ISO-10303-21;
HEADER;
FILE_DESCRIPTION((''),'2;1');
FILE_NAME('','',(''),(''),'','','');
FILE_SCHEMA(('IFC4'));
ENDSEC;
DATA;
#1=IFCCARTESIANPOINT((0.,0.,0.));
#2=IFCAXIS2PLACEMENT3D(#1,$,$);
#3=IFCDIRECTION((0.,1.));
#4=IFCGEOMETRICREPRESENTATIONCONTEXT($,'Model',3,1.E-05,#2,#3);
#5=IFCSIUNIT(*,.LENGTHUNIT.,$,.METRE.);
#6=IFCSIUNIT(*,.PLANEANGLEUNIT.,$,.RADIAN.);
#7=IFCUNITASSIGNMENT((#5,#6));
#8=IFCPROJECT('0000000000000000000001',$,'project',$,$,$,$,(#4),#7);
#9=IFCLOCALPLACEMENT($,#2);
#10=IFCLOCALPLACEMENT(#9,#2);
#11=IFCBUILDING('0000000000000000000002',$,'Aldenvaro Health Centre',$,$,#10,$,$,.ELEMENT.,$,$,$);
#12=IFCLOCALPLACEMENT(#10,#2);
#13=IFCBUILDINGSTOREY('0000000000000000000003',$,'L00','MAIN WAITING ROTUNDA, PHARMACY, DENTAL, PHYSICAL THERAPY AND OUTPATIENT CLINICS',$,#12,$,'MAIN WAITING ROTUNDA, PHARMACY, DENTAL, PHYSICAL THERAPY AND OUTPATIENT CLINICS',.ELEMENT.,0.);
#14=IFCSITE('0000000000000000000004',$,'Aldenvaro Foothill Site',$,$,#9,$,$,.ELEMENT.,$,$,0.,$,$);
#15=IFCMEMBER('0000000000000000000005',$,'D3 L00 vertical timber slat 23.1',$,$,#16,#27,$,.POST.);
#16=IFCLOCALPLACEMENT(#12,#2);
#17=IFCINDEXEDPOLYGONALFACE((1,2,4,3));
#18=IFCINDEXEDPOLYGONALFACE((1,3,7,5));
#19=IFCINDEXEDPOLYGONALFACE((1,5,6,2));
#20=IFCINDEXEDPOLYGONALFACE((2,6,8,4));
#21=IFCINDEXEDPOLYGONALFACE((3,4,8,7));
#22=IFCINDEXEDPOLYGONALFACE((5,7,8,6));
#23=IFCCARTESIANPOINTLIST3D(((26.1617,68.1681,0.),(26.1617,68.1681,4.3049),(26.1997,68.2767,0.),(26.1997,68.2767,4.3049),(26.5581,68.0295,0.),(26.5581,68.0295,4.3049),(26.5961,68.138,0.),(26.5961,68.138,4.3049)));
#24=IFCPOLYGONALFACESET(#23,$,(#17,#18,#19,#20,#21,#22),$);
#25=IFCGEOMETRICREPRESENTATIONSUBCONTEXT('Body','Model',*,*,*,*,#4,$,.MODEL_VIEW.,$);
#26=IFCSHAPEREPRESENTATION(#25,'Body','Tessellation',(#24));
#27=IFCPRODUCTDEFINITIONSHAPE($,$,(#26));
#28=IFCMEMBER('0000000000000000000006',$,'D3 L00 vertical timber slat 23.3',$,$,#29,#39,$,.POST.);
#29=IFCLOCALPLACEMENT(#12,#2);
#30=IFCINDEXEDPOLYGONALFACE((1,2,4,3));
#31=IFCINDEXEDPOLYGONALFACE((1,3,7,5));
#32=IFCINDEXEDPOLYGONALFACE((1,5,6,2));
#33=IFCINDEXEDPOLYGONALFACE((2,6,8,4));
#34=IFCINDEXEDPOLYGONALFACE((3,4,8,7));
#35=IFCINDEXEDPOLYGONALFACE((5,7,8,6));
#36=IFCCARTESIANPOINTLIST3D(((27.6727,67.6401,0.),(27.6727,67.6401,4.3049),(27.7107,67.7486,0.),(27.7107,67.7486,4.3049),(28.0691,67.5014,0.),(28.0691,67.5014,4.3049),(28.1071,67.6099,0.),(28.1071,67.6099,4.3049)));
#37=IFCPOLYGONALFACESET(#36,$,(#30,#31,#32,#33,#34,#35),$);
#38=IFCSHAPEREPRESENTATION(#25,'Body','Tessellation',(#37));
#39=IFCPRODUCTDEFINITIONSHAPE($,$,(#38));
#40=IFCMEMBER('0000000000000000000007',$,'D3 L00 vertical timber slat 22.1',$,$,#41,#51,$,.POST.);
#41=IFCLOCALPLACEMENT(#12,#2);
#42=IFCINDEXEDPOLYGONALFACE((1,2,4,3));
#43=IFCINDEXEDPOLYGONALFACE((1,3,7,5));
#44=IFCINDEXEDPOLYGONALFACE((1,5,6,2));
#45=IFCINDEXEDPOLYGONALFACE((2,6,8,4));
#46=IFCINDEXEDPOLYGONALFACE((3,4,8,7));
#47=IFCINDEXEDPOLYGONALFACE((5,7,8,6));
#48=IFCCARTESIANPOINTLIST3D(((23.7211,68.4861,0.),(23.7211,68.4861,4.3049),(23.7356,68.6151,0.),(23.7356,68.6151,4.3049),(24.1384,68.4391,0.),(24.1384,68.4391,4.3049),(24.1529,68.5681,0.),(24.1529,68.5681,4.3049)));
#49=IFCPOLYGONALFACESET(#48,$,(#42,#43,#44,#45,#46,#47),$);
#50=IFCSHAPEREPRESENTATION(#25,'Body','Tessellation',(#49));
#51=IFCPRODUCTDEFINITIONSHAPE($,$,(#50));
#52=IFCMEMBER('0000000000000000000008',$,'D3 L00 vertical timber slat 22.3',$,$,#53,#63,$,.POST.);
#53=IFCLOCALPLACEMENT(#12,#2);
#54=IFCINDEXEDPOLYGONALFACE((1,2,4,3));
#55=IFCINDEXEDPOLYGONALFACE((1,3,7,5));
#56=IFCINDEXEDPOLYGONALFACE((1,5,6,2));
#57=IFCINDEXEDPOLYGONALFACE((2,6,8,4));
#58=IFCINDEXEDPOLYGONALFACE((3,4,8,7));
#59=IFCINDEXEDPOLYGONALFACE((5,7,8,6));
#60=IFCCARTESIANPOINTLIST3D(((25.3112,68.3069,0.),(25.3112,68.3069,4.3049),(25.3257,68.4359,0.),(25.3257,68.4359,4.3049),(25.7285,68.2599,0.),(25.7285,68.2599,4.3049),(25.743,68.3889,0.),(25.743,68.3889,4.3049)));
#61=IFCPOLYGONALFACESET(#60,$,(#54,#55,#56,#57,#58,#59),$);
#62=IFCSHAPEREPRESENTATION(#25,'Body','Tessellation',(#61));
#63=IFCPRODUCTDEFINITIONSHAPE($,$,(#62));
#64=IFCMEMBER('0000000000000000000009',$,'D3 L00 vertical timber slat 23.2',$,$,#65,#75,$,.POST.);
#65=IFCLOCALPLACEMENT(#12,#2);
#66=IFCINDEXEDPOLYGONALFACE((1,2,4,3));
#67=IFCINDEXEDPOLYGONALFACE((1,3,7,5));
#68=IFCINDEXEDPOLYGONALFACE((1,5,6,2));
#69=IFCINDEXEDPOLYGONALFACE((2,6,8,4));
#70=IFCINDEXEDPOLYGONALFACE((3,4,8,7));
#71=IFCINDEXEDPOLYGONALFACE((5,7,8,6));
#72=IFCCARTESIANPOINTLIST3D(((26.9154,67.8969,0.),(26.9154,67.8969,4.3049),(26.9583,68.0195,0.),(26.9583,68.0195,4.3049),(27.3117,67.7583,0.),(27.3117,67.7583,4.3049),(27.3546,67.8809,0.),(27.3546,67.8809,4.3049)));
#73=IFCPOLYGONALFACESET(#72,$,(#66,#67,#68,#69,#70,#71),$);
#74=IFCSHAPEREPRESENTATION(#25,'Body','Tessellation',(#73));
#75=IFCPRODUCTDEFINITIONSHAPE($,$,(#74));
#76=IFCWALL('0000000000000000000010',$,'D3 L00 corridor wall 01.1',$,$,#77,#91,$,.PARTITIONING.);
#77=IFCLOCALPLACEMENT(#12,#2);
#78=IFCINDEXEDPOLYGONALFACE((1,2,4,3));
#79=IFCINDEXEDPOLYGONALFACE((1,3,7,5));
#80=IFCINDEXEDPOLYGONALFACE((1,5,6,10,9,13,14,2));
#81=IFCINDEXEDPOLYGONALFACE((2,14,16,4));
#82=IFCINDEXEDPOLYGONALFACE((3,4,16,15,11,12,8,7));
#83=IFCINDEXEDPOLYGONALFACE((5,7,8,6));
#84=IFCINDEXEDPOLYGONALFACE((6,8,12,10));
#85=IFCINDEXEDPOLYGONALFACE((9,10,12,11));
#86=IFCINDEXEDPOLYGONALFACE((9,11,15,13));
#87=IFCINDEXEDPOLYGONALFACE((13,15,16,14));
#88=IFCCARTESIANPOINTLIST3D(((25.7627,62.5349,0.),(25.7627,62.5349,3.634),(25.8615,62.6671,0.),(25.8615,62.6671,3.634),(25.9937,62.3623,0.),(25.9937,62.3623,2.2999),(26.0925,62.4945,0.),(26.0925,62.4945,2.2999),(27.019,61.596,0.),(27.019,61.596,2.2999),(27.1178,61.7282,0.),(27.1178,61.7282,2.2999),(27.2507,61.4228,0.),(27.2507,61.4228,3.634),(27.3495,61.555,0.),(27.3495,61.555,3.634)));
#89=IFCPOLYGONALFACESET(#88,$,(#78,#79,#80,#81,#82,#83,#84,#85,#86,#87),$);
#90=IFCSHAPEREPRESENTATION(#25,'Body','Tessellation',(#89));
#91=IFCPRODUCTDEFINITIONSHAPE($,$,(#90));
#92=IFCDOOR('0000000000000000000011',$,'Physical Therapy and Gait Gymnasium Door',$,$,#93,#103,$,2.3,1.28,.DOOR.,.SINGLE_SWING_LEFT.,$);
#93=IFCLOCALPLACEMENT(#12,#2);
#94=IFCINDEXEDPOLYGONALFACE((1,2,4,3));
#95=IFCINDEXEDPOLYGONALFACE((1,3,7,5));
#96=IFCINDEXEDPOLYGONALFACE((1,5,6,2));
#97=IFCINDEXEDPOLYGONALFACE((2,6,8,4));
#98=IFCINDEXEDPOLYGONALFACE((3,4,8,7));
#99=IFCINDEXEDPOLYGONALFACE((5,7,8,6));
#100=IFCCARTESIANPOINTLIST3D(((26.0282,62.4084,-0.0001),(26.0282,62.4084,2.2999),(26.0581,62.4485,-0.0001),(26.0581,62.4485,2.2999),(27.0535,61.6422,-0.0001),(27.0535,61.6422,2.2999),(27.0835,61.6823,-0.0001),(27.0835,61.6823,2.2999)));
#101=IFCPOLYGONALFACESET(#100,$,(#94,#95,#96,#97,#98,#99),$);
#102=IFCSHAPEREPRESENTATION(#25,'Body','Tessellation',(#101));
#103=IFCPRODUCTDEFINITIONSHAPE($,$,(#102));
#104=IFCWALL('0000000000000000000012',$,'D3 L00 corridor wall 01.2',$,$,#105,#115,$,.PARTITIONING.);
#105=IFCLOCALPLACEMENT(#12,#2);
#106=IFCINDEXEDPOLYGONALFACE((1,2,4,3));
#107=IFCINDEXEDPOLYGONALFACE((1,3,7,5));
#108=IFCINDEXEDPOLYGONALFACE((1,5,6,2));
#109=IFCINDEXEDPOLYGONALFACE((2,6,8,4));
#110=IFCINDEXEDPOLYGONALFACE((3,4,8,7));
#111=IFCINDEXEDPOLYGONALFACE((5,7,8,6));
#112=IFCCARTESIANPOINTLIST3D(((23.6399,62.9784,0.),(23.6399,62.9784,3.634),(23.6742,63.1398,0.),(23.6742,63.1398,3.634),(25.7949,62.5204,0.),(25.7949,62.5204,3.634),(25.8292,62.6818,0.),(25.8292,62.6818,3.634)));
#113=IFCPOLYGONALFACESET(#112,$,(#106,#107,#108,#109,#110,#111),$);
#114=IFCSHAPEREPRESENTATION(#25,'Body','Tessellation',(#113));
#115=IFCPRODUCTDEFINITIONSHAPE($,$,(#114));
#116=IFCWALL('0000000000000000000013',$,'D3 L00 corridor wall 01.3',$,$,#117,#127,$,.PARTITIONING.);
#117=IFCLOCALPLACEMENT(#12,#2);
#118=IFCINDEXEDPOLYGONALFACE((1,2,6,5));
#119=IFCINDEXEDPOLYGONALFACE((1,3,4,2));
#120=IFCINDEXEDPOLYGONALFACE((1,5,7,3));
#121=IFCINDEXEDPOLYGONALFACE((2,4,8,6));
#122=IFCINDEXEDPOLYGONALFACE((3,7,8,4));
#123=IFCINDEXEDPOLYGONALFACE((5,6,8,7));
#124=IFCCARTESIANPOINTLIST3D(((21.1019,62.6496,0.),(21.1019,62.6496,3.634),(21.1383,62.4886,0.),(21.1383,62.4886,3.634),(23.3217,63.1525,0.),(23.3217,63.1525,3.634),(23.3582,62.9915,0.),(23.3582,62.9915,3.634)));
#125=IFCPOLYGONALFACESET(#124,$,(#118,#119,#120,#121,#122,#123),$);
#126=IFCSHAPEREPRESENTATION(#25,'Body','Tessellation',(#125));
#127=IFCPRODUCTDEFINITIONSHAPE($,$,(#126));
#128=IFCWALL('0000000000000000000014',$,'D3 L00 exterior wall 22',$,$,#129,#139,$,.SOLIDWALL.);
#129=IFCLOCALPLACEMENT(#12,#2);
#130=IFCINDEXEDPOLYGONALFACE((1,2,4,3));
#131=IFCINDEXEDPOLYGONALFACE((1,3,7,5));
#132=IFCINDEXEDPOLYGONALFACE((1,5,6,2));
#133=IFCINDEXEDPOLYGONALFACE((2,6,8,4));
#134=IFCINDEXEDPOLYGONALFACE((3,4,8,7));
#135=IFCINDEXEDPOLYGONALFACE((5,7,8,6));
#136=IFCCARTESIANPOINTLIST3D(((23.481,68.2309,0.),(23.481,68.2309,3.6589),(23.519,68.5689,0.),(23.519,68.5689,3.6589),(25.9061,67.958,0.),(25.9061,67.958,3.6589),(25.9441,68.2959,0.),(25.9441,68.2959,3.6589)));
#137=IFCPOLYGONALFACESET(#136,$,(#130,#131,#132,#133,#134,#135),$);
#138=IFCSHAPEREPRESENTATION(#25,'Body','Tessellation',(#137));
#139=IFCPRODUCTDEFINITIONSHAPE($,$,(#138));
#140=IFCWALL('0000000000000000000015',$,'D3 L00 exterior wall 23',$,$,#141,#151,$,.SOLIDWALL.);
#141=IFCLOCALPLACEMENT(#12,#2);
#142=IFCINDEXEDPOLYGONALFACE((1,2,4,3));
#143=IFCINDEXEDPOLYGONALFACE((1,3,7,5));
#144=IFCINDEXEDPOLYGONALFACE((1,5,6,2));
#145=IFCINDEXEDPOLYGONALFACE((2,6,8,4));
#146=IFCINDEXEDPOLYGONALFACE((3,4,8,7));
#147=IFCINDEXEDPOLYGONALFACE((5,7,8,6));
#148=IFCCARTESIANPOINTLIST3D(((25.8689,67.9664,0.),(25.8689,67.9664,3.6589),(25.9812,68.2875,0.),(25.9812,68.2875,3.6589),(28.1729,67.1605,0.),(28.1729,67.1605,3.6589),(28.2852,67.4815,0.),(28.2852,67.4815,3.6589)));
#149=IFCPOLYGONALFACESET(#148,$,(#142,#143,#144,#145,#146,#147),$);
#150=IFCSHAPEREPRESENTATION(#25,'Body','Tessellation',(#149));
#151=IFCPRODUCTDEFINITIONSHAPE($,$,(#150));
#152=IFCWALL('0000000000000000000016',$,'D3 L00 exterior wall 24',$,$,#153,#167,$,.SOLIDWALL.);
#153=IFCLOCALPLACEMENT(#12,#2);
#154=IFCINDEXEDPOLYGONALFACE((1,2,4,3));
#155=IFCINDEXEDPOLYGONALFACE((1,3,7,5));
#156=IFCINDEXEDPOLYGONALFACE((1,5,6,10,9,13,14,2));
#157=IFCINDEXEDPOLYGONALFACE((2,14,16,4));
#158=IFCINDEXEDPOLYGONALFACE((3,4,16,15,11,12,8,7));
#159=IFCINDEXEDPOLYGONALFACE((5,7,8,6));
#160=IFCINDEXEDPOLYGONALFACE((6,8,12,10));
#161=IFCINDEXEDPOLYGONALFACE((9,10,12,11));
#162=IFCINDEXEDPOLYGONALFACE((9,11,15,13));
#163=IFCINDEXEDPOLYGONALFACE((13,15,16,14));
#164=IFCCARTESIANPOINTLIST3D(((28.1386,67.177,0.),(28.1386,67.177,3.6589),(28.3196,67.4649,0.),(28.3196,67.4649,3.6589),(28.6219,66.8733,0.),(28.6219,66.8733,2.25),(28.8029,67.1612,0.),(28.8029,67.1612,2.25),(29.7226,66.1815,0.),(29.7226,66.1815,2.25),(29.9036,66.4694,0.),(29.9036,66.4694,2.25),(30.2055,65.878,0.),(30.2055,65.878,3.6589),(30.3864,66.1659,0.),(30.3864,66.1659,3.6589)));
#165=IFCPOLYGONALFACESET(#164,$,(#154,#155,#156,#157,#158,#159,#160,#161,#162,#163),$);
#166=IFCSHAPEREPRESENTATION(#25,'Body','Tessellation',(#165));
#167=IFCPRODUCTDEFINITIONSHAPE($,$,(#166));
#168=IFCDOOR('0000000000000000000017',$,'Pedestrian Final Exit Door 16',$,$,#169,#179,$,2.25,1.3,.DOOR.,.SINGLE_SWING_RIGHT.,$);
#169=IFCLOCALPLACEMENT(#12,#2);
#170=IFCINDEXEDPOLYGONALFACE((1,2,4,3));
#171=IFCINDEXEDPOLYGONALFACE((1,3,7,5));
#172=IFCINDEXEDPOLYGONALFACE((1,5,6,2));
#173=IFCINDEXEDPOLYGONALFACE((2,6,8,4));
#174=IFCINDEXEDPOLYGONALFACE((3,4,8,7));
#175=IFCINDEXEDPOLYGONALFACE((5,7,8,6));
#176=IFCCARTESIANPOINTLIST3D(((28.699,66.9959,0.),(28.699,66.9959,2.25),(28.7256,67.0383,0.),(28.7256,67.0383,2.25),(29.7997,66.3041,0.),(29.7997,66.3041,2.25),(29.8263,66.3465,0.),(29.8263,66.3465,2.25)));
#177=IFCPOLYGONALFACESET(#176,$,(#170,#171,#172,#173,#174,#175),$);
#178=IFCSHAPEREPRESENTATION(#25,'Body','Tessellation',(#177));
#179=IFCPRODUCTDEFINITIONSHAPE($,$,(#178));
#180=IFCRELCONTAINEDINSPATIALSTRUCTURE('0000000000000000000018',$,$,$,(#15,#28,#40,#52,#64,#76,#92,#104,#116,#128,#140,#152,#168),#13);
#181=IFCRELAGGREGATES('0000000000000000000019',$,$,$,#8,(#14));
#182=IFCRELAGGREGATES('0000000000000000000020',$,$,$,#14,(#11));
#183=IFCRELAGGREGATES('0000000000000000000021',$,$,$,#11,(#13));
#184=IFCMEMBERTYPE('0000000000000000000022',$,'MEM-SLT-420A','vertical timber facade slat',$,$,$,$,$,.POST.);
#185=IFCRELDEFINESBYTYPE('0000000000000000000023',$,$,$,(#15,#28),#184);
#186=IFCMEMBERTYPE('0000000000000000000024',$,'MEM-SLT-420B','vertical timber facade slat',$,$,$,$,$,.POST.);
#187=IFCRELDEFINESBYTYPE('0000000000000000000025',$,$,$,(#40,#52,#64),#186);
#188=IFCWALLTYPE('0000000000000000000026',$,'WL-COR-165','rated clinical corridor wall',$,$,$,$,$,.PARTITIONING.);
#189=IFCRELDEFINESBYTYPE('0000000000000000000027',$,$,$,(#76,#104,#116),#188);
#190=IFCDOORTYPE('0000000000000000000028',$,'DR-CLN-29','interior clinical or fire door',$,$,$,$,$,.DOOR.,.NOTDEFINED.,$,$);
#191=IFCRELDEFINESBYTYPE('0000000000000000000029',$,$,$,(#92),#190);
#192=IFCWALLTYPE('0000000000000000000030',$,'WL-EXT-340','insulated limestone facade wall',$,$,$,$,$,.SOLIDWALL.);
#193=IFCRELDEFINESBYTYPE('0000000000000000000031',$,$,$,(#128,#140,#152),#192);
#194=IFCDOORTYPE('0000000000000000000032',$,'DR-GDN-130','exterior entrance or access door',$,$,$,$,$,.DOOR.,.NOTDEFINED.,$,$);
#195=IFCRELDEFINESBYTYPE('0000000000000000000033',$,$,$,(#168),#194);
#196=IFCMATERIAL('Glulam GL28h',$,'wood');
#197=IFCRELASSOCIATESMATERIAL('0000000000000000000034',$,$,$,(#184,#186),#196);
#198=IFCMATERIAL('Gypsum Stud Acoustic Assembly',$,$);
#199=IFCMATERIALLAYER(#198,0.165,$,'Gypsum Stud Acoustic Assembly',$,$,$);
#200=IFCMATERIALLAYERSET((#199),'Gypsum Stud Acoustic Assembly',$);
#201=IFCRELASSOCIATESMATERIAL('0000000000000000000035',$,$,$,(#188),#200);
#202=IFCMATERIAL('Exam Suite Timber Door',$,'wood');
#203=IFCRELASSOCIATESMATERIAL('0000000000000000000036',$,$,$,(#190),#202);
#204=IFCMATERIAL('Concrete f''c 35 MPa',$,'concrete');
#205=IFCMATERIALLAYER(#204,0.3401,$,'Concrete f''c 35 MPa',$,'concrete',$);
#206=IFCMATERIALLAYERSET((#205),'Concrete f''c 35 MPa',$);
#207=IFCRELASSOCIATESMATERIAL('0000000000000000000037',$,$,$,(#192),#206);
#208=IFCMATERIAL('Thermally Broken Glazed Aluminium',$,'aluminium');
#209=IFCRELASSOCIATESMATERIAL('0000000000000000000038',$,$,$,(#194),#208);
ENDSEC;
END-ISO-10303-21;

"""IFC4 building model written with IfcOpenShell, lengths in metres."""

from ifc_helpers import new_model, si_unit, direction, frame, frame_2d, origin, origin_2d, place, context, subcontext, project, spatial, rectangle, extrude, material, layer, layer_set, material_profile, profile_set, type_object, element, fill, save


model = new_model("IFC4")

# Units and contexts
model_context = context("Model", 3, precision=1e-05, world=origin(), true_north=direction((0.0, 1.0)))
body_context = subcontext(model_context, "Body", "Model", "MODEL_VIEW")
ifc_project = project(units=[si_unit("LENGTHUNIT", "METRE"), si_unit("PLANEANGLEUNIT", "RADIAN")], contexts=[model_context])

# Site, building, storey
site_placement = place(None, origin())
site = spatial("IfcSite", under=ifc_project, at=site_placement, Name="Aldenvaro Foothill Site", CompositionType="ELEMENT", RefElevation=0.0)
building_placement = place(site_placement, origin())
building = spatial("IfcBuilding", under=site, at=building_placement, Name="Aldenvaro Health Centre", CompositionType="ELEMENT")
storey_placement = place(building_placement, origin())
storey = spatial("IfcBuildingStorey", under=building, at=storey_placement, Name="L00", Description="MAIN WAITING ROTUNDA, PHARMACY, DENTAL, PHYSICAL THERAPY AND OUTPATIENT CLINICS", LongName="MAIN WAITING ROTUNDA, PHARMACY, DENTAL, PHYSICAL THERAPY AND OUTPATIENT CLINICS", CompositionType="ELEMENT", Elevation=0.0)

# Shared definitions
ifc_material_1 = material(Name="Glulam GL28h", Category="wood")

# Members
ifc_material_profile_1 = material_profile(ifc_material_1, rectangle(XDim=0.115, YDim=0.4199, at=origin_2d()), Name="GL 115x420", Category="wood")
ifc_profile_set_1 = profile_set([ifc_material_profile_1], Name="Glulam GL28h")
member_type_1 = type_object("IfcMemberType", Name="MEM-SLT-420A", Description="vertical timber facade slat", PredefinedType="POST", material=ifc_profile_set_1)
for number, where, z_axis, x_axis, name in (
    (1, (26.3789, 68.1531, 0.0), (0.0, 0.0, 1.0), (0.330204, 0.943909, 0.0), "D3 L00 vertical timber slat 23.1"),
    (2, (27.8899, 67.625, 0.0), (0.0, 0.0, 1.0), (0.330204, 0.943909, 0.0), "D3 L00 vertical timber slat 23.3"),
):
    element("IfcMember", number, at=place(storey_placement, frame(where, z_axis=z_axis, x_axis=x_axis)), inside=storey, type_object=member_type_1, Name=name, PredefinedType="POST", context=body_context, shape_type="SweptSolid", body=[
        extrude(rectangle(XDim=0.115, YDim=0.4199, at=origin_2d()), origin(), (0.0, 0.0, 1.0), 4.3049),
    ])
ifc_material_profile_2 = material_profile(ifc_material_1, rectangle(XDim=0.1299, YDim=0.4199, at=origin_2d()), Name="GL 130x420", Category="wood")
ifc_profile_set_2 = profile_set([ifc_material_profile_2], Name="Glulam GL28h")
member_type_2 = type_object("IfcMemberType", Name="MEM-SLT-420B", Description="vertical timber facade slat", PredefinedType="POST", material=ifc_profile_set_2)
for number, where, z_axis, x_axis, name in (
    (3, (23.937, 68.5271, 0.0), (0.0, 0.0, 1.0), (0.111871, 0.993723, 0.0), "D3 L00 vertical timber slat 22.1"),
    (4, (25.5271, 68.3479, 0.0), (0.0, 0.0, 1.0), (0.111871, 0.993723, 0.0), "D3 L00 vertical timber slat 22.3"),
    (5, (27.135, 67.8889, 0.0), (0.0, 0.0, 1.0), (0.330204, 0.943909, 0.0), "D3 L00 vertical timber slat 23.2"),
):
    element("IfcMember", number, at=place(storey_placement, frame(where, z_axis=z_axis, x_axis=x_axis)), inside=storey, type_object=member_type_2, Name=name, PredefinedType="POST", context=body_context, shape_type="SweptSolid", body=[
        extrude(rectangle(XDim=0.1299, YDim=0.4199, at=origin_2d()), origin(), (0.0, 0.0, 1.0), 4.3049),
    ])

# Wall, opening, door
ifc_material_2 = material(Name="Gypsum Stud Acoustic Assembly")
ifc_layer_1 = layer(ifc_material_2, 0.165, Name="Gypsum Stud Acoustic Assembly")
ifc_layer_set_1 = layer_set([ifc_layer_1], Name="Gypsum Stud Acoustic Assembly")
wall_type_1 = type_object("IfcWallType", Name="WL-COR-165", Description="rated clinical corridor wall", PredefinedType="PARTITIONING", material=ifc_layer_set_1)
wall_1_placement = place(storey_placement, frame((27.3, 61.489, 0.0), z_axis=(0.0, 0.0, 1.0), x_axis=(-0.801024, 0.598632, 0.0)))
wall_1 = element("IfcWall", 6, at=wall_1_placement, inside=storey, type_object=wall_type_1, Name="D3 L00 corridor wall 01.1", PredefinedType="PARTITIONING", context=body_context, shape_type="SweptSolid", body=[
    extrude(rectangle(XDim=1.8577, YDim=0.165, at=frame_2d((0.9287, 0.0))), origin(), (0.0, 0.0, 1.0), 3.634),
])
opening_1_placement = place(wall_1_placement, frame((0.2891, 0.0, 0.0)))
opening_1 = element("IfcOpeningElement", 7, at=opening_1_placement, cuts=wall_1, PredefinedType="OPENING", context=body_context, shape_type="SweptSolid", body=[
    extrude(rectangle(XDim=1.28, YDim=2.3, at=frame_2d((0.6401, 1.1499))), frame((0.0, 0.0925, 0.0), z_axis=(0.0, -1.0, 0.0), x_axis=(1.0, 0.0, 0.0)), (0.0, 0.0, 1.0), 0.1851),
])
ifc_material_3 = material(Name="Exam Suite Timber Door", Category="wood")
door_type_1 = type_object("IfcDoorType", Name="DR-CLN-29", Description="interior clinical or fire door", OperationType="NOTDEFINED", PredefinedType="DOOR", material=ifc_material_3)
door_1_placement = place(opening_1_placement, origin())
door_1 = element("IfcDoor", 8, at=door_1_placement, inside=storey, type_object=door_type_1, Name="Physical Therapy and Gait Gymnasium Door", OperationType="SINGLE_SWING_LEFT", OverallHeight=2.3, OverallWidth=1.28, PredefinedType="DOOR", context=body_context, shape_type="SweptSolid", body=[
    extrude(rectangle(XDim=1.28, YDim=2.3, at=frame_2d((0.6401, 1.1499))), frame((0.0, 0.0249, 0.0), z_axis=(0.0, -1.0, 0.0), x_axis=(1.0, 0.0, 0.0)), (0.0, 0.0, 1.0), 0.05),
])
fill(opening_1, door_1)

# Walls
wall_2_placement = place(storey_placement, frame((25.812, 62.6011, 0.0), z_axis=(0.0, 0.0, 1.0), x_axis=(-0.978153, 0.207887, 0.0)))
element("IfcWall", 9, at=wall_2_placement, inside=storey, type_object=wall_type_1, Name="D3 L00 corridor wall 01.2", PredefinedType="PARTITIONING", context=body_context, shape_type="SweptSolid", body=[
    extrude(rectangle(XDim=2.2031, YDim=0.165, at=frame_2d((1.1016, 0.0))), origin(), (0.0, 0.0, 1.0), 3.634),
])
wall_3_placement = place(storey_placement, frame((23.3401, 63.072, 0.0), z_axis=(0.0, 0.0, 1.0), x_axis=(-0.975285, -0.220949, 0.0)))
element("IfcWall", 10, at=wall_3_placement, inside=storey, type_object=wall_type_1, Name="D3 L00 corridor wall 01.3", PredefinedType="PARTITIONING", context=body_context, shape_type="SweptSolid", body=[
    extrude(rectangle(XDim=2.2761, YDim=0.165, at=frame_2d((1.1382, 0.0))), origin(), (0.0, 0.0, 1.0), 3.634),
])
ifc_material_4 = material(Name="Concrete f'c 35 MPa", Category="concrete")
ifc_layer_2 = layer(ifc_material_4, 0.3401, Name="Concrete f'c 35 MPa", Category="concrete")
ifc_layer_set_2 = layer_set([ifc_layer_2], Name="Concrete f'c 35 MPa")
wall_type_2 = type_object("IfcWallType", Name="WL-EXT-340", Description="insulated limestone facade wall", PredefinedType="SOLIDWALL", material=ifc_layer_set_2)
wall_4_placement = place(storey_placement, frame((23.5, 68.3999, 0.0), z_axis=(0.0, 0.0, 1.0), x_axis=(0.993725, -0.111848, 0.0)))
element("IfcWall", 11, at=wall_4_placement, inside=storey, type_object=wall_type_2, Name="D3 L00 exterior wall 22", PredefinedType="SOLIDWALL", context=body_context, shape_type="SweptSolid", body=[
    extrude(rectangle(XDim=2.4404, YDim=0.3401, at=frame_2d((1.2202, 0.0))), origin(), (0.0, 0.0, 1.0), 3.6589),
])
wall_5_placement = place(storey_placement, frame((25.925, 68.127, 0.0), z_axis=(0.0, 0.0, 1.0), x_axis=(0.943919, -0.330177, 0.0)))
element("IfcWall", 12, at=wall_5_placement, inside=storey, type_object=wall_type_2, Name="D3 L00 exterior wall 23", PredefinedType="SOLIDWALL", context=body_context, shape_type="SweptSolid", body=[
    extrude(rectangle(XDim=2.4409, YDim=0.3401, at=frame_2d((1.2205, 0.0))), origin(), (0.0, 0.0, 1.0), 3.6589),
])

# Wall, opening, door
wall_6_placement = place(storey_placement, frame((28.229, 67.321, 0.0), z_axis=(0.0, 0.0, 1.0), x_axis=(0.846658, -0.532137, 0.0)))
wall_6 = element("IfcWall", 13, at=wall_6_placement, inside=storey, type_object=wall_type_2, Name="D3 L00 exterior wall 24", PredefinedType="SOLIDWALL", context=body_context, shape_type="SweptSolid", body=[
    extrude(rectangle(XDim=2.4412, YDim=0.3401, at=frame_2d((1.2207, 0.0))), origin(), (0.0, 0.0, 1.0), 3.6589),
])
opening_2_placement = place(wall_6_placement, frame((0.571, 0.0, 0.0)))
opening_2 = element("IfcOpeningElement", 14, at=opening_2_placement, cuts=wall_6, PredefinedType="OPENING", context=body_context, shape_type="SweptSolid", body=[
    extrude(rectangle(XDim=1.3, YDim=2.25, at=frame_2d((0.6499, 1.125))), frame((0.0, 0.1802, 0.0), z_axis=(0.0, -1.0, 0.0), x_axis=(1.0, 0.0, 0.0)), (0.0, 0.0, 1.0), 0.3601),
])
ifc_material_5 = material(Name="Thermally Broken Glazed Aluminium", Category="aluminium")
door_type_2 = type_object("IfcDoorType", Name="DR-GDN-130", Description="exterior entrance or access door", OperationType="NOTDEFINED", PredefinedType="DOOR", material=ifc_material_5)
door_2_placement = place(opening_2_placement, origin())
door_2 = element("IfcDoor", 15, at=door_2_placement, inside=storey, type_object=door_type_2, Name="Pedestrian Final Exit Door 16", OperationType="SINGLE_SWING_RIGHT", OverallHeight=2.25, OverallWidth=1.3, PredefinedType="DOOR", context=body_context, shape_type="SweptSolid", body=[
    extrude(rectangle(XDim=1.3, YDim=2.25, at=frame_2d((0.6499, 1.125))), frame((0.0, 0.0249, 0.0), z_axis=(0.0, -1.0, 0.0), x_axis=(1.0, 0.0, 0.0)), (0.0, 0.0, 1.0), 0.05),
])
fill(opening_2, door_2)

save(model, "model.ifc")
